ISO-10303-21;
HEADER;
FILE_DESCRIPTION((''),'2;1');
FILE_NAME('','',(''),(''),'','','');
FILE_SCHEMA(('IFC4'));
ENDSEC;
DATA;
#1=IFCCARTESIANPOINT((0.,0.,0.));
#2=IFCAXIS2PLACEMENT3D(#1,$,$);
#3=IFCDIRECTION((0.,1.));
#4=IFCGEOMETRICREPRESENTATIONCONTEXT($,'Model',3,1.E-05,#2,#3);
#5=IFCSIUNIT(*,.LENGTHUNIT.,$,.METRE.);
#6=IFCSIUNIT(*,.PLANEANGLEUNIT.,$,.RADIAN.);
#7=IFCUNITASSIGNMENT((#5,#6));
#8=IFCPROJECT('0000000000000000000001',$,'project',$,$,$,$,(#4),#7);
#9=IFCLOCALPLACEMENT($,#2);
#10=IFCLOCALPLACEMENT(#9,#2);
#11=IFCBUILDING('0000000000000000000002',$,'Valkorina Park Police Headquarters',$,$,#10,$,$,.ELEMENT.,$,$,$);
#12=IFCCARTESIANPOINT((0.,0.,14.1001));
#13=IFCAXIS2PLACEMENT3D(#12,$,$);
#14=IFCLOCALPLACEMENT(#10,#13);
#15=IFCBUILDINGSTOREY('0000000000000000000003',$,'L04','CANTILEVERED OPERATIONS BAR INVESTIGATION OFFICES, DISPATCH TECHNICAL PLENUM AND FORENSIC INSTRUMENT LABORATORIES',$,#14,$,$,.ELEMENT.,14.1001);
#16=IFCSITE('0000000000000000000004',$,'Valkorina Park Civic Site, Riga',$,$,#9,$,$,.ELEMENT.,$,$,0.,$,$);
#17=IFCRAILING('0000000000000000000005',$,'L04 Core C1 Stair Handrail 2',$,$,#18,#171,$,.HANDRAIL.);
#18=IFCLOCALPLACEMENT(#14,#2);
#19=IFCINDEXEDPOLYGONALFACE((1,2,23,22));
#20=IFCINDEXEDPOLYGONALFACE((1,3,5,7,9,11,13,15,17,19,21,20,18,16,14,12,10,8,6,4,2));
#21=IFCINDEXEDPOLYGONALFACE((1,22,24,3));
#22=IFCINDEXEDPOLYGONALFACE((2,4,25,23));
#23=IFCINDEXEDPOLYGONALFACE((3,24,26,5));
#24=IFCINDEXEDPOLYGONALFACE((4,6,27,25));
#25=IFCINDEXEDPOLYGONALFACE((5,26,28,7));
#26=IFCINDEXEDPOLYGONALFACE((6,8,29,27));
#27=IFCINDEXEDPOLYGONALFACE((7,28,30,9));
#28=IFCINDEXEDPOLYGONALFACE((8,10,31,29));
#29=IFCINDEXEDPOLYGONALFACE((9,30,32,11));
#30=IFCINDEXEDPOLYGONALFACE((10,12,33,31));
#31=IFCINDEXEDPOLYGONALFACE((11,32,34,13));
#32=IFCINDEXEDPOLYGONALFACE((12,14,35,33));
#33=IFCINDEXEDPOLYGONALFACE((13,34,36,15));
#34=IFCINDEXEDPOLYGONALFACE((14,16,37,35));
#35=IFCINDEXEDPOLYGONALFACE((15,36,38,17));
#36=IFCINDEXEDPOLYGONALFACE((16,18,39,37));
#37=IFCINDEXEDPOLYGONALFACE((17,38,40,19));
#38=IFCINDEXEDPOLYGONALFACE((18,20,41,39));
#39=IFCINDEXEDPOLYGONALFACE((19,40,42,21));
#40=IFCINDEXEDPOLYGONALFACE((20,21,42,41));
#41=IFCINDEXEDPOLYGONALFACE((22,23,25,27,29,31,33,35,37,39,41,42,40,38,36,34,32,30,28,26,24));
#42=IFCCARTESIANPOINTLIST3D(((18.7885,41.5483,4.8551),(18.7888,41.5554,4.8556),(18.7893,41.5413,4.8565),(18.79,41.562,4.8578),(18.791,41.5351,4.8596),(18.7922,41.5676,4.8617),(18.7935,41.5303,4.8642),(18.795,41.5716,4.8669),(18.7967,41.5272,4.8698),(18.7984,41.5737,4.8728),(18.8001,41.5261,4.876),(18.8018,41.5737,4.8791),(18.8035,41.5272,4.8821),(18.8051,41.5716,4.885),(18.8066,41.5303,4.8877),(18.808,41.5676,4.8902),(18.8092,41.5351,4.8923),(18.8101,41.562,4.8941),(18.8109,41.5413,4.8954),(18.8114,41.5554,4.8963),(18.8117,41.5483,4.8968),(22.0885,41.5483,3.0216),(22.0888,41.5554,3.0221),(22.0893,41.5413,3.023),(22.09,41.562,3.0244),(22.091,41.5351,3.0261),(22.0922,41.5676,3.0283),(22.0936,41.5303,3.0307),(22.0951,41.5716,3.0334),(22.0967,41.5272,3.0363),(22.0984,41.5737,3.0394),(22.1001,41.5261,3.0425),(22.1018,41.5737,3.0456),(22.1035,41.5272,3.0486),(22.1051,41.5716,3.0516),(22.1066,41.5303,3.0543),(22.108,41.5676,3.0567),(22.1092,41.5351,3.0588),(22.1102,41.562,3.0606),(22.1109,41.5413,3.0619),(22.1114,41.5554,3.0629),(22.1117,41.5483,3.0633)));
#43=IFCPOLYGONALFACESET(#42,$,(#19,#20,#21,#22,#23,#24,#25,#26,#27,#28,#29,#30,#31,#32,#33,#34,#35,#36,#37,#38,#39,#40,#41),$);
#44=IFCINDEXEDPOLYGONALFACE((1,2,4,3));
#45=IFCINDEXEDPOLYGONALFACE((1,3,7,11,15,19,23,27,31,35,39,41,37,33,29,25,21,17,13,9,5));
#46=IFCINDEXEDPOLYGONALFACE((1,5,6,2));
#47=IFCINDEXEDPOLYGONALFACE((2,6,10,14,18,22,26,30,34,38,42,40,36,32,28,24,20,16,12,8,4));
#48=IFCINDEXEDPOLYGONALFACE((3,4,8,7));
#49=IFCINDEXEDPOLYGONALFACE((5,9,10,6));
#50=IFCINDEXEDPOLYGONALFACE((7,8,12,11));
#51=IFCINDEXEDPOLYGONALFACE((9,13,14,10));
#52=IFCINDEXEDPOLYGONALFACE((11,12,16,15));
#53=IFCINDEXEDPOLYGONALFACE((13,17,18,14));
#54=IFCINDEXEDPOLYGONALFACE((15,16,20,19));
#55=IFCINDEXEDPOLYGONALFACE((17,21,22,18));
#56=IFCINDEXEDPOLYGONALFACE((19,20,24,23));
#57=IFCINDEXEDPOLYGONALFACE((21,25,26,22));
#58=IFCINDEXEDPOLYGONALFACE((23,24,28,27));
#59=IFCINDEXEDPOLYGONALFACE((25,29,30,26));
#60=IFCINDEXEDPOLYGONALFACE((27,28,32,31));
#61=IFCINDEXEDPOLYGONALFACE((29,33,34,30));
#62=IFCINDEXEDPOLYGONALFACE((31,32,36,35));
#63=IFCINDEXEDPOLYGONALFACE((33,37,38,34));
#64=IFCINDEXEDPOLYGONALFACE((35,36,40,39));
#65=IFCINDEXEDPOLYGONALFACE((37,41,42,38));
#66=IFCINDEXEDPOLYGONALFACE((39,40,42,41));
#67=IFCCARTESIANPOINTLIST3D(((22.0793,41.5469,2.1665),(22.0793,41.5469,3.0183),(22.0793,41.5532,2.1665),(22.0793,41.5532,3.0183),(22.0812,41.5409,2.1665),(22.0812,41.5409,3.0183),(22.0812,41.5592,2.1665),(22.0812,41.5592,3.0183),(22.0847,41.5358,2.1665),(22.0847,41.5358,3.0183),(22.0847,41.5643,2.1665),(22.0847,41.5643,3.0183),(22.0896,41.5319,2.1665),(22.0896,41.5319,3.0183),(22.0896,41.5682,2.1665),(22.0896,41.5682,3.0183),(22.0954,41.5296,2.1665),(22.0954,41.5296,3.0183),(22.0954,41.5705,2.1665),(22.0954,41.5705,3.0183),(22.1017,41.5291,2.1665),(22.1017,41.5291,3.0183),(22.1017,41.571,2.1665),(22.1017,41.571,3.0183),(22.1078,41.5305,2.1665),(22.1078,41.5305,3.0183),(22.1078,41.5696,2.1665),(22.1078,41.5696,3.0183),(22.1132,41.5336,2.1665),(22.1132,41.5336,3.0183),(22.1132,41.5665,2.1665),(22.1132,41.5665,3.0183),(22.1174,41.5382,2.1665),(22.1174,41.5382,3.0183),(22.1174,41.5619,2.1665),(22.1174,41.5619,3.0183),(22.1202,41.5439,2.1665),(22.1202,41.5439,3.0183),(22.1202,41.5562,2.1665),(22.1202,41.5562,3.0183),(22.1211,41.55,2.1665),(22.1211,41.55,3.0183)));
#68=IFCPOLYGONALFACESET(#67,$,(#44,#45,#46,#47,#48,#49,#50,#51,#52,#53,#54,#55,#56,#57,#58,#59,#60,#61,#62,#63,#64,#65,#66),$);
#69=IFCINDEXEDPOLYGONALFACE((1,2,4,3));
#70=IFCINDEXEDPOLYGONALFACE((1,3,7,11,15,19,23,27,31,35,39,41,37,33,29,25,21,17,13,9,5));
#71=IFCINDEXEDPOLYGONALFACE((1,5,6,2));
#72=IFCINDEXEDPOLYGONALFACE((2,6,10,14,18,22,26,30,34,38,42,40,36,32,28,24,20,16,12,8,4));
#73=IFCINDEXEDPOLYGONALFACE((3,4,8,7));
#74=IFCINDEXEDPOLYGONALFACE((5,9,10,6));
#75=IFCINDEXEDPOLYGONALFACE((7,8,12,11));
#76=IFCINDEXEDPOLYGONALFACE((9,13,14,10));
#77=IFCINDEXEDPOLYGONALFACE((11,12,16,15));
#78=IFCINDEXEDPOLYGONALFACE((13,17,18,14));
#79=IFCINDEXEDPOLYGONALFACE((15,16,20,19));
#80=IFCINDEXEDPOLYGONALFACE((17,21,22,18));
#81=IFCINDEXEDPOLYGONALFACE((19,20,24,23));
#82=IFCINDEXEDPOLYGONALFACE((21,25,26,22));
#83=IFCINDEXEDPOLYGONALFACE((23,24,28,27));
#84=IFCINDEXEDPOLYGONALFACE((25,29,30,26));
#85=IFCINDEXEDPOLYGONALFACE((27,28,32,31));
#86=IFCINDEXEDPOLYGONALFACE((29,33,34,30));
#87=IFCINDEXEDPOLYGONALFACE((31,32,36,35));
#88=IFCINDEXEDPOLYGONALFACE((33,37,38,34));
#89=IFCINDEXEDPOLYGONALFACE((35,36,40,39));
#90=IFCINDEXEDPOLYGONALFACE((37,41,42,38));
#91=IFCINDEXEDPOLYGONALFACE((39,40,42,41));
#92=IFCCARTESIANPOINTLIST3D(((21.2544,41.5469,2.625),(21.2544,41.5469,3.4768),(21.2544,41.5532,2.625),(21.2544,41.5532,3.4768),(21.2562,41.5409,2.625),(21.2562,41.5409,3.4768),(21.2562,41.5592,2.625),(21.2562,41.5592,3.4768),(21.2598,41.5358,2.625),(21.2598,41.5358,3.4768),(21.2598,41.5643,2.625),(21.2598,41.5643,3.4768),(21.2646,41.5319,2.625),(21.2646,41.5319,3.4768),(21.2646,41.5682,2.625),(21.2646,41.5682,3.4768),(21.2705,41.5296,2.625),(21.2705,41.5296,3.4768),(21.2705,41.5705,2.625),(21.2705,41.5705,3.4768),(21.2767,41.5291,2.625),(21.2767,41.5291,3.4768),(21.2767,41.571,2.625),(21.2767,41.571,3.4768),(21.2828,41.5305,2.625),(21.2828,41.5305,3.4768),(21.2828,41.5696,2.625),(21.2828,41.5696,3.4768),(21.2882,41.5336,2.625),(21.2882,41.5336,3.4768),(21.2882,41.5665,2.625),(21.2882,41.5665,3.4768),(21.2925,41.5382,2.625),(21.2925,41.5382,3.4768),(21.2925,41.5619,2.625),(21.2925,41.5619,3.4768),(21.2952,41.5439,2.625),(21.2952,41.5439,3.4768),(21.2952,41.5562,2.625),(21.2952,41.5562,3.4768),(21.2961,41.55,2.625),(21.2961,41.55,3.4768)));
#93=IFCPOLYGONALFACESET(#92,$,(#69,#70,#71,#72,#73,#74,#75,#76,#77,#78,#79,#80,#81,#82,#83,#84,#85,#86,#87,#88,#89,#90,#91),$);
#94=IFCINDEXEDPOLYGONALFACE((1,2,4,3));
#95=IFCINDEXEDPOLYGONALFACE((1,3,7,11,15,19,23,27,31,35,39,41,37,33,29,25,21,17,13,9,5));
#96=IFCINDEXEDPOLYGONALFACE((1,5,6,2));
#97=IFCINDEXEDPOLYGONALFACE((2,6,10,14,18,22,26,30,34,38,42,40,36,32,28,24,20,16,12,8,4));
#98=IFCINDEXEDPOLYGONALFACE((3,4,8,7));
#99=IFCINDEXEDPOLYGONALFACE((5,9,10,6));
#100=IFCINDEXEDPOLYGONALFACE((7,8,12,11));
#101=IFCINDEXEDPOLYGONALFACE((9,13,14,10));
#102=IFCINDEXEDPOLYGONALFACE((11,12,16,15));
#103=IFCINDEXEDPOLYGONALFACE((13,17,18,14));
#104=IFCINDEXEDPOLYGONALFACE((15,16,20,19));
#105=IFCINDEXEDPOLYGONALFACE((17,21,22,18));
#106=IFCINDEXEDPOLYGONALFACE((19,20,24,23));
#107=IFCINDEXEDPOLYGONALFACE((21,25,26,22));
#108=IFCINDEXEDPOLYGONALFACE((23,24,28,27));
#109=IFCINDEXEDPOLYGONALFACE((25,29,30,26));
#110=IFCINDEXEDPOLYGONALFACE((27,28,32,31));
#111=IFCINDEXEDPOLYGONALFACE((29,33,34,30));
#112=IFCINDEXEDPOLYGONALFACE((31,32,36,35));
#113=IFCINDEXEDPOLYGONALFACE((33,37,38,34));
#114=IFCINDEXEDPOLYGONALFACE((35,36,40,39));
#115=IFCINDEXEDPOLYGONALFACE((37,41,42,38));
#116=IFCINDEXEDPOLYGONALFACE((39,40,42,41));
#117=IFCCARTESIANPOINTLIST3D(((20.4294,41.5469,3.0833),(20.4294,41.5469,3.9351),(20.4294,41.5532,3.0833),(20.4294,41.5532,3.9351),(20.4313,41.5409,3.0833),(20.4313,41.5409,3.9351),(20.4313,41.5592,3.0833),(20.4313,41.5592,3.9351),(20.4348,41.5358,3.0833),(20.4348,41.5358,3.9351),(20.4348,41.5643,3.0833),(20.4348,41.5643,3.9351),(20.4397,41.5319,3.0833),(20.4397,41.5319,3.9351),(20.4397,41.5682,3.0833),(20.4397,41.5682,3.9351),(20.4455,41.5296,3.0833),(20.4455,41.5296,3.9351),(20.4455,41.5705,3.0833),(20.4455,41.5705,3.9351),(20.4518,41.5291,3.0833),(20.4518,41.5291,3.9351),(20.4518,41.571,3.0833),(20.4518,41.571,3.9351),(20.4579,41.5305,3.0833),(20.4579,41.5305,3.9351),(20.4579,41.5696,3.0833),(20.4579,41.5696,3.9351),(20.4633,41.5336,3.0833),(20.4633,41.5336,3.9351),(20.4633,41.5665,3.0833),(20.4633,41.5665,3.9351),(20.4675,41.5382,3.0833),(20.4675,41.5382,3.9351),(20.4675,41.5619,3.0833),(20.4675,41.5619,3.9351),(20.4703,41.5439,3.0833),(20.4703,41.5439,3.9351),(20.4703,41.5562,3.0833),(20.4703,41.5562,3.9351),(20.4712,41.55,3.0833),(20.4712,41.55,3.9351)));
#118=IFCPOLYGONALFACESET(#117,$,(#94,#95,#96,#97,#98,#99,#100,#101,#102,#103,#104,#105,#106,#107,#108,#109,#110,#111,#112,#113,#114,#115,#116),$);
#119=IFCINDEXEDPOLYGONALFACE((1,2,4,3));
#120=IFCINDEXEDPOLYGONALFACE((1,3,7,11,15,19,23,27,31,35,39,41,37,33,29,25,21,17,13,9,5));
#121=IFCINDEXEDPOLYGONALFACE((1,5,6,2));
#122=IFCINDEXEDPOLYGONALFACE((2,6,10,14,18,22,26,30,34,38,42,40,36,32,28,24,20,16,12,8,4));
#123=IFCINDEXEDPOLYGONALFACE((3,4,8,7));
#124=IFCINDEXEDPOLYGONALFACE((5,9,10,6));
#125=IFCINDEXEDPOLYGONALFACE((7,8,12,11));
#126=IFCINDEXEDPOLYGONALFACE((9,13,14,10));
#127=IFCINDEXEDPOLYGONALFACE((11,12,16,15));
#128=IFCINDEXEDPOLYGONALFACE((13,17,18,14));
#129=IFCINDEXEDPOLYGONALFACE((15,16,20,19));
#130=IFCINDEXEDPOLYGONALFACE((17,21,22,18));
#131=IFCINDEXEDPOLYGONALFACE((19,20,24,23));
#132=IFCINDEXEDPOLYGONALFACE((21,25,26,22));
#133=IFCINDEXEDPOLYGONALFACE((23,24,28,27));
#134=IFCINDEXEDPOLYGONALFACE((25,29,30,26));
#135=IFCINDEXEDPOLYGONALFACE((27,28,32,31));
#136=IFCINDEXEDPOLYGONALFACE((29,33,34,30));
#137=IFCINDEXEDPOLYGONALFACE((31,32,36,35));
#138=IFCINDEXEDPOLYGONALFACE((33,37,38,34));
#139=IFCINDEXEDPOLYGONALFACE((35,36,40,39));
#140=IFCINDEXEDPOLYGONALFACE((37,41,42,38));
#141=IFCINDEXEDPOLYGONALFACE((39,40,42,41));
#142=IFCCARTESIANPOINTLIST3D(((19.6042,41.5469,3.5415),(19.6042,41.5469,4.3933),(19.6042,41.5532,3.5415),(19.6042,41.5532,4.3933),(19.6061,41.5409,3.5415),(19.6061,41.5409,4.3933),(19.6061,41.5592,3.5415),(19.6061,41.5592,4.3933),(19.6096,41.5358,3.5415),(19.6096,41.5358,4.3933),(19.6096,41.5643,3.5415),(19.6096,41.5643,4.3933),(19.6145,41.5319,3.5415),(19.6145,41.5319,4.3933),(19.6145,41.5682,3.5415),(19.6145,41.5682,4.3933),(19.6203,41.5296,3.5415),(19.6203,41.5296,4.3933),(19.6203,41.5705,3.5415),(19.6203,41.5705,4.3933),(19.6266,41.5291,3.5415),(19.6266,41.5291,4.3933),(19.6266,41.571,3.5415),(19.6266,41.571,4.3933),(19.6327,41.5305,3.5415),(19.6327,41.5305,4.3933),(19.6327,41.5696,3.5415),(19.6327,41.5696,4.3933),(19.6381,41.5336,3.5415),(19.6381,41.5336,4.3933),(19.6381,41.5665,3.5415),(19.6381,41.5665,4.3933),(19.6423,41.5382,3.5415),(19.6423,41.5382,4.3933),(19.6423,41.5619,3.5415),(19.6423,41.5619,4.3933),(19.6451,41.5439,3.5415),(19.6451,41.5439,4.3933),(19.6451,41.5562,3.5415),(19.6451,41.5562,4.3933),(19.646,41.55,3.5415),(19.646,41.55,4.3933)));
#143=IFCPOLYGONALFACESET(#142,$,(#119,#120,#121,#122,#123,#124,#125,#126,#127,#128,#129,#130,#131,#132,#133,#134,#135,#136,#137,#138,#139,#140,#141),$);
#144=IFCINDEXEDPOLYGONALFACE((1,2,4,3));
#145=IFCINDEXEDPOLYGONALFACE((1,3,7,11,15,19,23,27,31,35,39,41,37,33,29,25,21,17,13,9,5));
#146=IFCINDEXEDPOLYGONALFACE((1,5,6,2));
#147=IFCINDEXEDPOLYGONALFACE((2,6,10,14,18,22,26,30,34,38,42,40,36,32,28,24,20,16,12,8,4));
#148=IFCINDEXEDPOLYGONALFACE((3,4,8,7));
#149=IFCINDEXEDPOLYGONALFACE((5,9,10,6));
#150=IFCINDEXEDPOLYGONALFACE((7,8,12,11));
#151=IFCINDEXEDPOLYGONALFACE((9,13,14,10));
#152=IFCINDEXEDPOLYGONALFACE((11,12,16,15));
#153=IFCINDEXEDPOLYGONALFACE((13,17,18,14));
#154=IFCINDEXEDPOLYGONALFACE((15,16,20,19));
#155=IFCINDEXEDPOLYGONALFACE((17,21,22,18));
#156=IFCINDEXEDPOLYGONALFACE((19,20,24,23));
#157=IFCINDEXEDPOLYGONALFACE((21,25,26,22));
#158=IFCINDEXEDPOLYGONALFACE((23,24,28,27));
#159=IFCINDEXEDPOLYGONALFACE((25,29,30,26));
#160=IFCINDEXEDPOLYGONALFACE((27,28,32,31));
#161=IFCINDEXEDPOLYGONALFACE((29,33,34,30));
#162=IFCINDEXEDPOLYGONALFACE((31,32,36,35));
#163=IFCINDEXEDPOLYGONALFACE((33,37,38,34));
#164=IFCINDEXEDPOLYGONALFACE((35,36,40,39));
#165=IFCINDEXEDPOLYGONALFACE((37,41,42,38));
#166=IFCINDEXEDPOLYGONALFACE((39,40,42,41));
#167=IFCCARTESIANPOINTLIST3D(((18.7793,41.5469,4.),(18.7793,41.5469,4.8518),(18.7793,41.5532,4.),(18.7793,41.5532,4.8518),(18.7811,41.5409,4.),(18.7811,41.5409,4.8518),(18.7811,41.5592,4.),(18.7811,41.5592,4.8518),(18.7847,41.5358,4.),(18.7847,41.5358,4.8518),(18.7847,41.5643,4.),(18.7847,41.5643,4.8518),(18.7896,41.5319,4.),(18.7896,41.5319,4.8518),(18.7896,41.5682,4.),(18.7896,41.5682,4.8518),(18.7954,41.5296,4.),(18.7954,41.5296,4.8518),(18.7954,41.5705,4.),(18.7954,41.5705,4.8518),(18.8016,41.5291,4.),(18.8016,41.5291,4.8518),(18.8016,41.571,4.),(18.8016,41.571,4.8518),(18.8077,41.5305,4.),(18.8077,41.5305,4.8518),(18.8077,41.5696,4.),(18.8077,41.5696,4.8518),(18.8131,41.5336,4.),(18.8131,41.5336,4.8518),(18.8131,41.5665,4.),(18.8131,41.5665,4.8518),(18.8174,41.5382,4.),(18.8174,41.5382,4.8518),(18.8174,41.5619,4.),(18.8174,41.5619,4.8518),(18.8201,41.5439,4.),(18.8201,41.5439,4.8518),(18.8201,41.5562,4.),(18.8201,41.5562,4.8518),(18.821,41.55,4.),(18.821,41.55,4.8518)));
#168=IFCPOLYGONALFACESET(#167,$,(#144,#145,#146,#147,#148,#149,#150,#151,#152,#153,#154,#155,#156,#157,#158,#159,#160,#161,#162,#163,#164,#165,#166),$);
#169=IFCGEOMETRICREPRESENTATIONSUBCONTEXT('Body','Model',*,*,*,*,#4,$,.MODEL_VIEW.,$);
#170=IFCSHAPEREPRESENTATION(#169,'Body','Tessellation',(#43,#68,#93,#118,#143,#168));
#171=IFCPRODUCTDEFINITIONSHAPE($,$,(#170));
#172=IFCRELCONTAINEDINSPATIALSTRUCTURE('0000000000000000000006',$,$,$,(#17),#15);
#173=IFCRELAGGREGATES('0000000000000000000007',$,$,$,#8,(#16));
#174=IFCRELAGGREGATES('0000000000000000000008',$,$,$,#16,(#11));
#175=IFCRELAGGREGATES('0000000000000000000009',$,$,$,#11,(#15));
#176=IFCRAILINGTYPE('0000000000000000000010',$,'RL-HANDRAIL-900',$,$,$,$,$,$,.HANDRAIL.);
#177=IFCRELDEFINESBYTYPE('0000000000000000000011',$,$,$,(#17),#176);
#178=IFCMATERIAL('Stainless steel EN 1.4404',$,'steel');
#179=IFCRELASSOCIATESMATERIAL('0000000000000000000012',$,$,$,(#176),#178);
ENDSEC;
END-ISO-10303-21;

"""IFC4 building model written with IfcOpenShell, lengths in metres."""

from ifc_helpers import new_model, si_unit, direction, frame, origin, origin_2d, place, context, subcontext, project, spatial, circle, extrude, material, type_object, element, save


model = new_model("IFC4")

# Units and contexts
model_context = context("Model", 3, precision=1e-05, world=origin(), true_north=direction((0.0, 1.0)))
body_context = subcontext(model_context, "Body", "Model", "MODEL_VIEW")
ifc_project = project(units=[si_unit("LENGTHUNIT", "METRE"), si_unit("PLANEANGLEUNIT", "RADIAN")], contexts=[model_context])

# Site, building, storey
site_placement = place(None, origin())
site = spatial("IfcSite", under=ifc_project, at=site_placement, Name="Valkorina Park Civic Site, Riga", CompositionType="ELEMENT", RefElevation=0.0)
building_placement = place(site_placement, origin())
building = spatial("IfcBuilding", under=site, at=building_placement, Name="Valkorina Park Police Headquarters", CompositionType="ELEMENT")
storey_placement = place(building_placement, frame((0.0, 0.0, 14.1001)))
storey = spatial("IfcBuildingStorey", under=building, at=storey_placement, Name="L04", Description="CANTILEVERED OPERATIONS BAR INVESTIGATION OFFICES, DISPATCH TECHNICAL PLENUM AND FORENSIC INSTRUMENT LABORATORIES", CompositionType="ELEMENT", Elevation=14.1001)

# Shared definitions
ifc_material_1 = material(Name="Stainless steel EN 1.4404", Category="steel")

# Railing
railing_type_1 = type_object("IfcRailingType", Name="RL-HANDRAIL-900", PredefinedType="HANDRAIL", material=ifc_material_1)
railing_1_placement = place(storey_placement, frame((22.1001, 41.55, 2.1665)))
element("IfcRailing", 1, at=railing_1_placement, inside=storey, type_object=railing_type_1, Name="L04 Core C1 Stair Handrail 2", PredefinedType="HANDRAIL", context=body_context, shape_type="SweptSolid", body=[
    extrude(circle(Radius=0.0239, at=origin_2d()), frame((0.0, 0.0, 0.876), z_axis=(-0.874142, 0.0, 0.48567), x_axis=(0.0, -1.0, 0.0)), (0.0, 0.0, 1.0), 3.7751),
    extrude(circle(Radius=0.021, at=origin_2d()), origin(), (0.0, 0.0, 1.0), 0.8518),
    extrude(circle(Radius=0.021, at=origin_2d()), frame((-0.825, 0.0, 0.4585)), (0.0, 0.0, 1.0), 0.8518),
    extrude(circle(Radius=0.021, at=origin_2d()), frame((-1.6499, 0.0, 0.9167)), (0.0, 0.0, 1.0), 0.8518),
    extrude(circle(Radius=0.021, at=origin_2d()), frame((-2.4751, 0.0, 1.375)), (0.0, 0.0, 1.0), 0.8518),
    extrude(circle(Radius=0.021, at=origin_2d()), frame((-3.3, 0.0, 1.8335)), (0.0, 0.0, 1.0), 0.8518),
])

save(model, "model.ifc")
